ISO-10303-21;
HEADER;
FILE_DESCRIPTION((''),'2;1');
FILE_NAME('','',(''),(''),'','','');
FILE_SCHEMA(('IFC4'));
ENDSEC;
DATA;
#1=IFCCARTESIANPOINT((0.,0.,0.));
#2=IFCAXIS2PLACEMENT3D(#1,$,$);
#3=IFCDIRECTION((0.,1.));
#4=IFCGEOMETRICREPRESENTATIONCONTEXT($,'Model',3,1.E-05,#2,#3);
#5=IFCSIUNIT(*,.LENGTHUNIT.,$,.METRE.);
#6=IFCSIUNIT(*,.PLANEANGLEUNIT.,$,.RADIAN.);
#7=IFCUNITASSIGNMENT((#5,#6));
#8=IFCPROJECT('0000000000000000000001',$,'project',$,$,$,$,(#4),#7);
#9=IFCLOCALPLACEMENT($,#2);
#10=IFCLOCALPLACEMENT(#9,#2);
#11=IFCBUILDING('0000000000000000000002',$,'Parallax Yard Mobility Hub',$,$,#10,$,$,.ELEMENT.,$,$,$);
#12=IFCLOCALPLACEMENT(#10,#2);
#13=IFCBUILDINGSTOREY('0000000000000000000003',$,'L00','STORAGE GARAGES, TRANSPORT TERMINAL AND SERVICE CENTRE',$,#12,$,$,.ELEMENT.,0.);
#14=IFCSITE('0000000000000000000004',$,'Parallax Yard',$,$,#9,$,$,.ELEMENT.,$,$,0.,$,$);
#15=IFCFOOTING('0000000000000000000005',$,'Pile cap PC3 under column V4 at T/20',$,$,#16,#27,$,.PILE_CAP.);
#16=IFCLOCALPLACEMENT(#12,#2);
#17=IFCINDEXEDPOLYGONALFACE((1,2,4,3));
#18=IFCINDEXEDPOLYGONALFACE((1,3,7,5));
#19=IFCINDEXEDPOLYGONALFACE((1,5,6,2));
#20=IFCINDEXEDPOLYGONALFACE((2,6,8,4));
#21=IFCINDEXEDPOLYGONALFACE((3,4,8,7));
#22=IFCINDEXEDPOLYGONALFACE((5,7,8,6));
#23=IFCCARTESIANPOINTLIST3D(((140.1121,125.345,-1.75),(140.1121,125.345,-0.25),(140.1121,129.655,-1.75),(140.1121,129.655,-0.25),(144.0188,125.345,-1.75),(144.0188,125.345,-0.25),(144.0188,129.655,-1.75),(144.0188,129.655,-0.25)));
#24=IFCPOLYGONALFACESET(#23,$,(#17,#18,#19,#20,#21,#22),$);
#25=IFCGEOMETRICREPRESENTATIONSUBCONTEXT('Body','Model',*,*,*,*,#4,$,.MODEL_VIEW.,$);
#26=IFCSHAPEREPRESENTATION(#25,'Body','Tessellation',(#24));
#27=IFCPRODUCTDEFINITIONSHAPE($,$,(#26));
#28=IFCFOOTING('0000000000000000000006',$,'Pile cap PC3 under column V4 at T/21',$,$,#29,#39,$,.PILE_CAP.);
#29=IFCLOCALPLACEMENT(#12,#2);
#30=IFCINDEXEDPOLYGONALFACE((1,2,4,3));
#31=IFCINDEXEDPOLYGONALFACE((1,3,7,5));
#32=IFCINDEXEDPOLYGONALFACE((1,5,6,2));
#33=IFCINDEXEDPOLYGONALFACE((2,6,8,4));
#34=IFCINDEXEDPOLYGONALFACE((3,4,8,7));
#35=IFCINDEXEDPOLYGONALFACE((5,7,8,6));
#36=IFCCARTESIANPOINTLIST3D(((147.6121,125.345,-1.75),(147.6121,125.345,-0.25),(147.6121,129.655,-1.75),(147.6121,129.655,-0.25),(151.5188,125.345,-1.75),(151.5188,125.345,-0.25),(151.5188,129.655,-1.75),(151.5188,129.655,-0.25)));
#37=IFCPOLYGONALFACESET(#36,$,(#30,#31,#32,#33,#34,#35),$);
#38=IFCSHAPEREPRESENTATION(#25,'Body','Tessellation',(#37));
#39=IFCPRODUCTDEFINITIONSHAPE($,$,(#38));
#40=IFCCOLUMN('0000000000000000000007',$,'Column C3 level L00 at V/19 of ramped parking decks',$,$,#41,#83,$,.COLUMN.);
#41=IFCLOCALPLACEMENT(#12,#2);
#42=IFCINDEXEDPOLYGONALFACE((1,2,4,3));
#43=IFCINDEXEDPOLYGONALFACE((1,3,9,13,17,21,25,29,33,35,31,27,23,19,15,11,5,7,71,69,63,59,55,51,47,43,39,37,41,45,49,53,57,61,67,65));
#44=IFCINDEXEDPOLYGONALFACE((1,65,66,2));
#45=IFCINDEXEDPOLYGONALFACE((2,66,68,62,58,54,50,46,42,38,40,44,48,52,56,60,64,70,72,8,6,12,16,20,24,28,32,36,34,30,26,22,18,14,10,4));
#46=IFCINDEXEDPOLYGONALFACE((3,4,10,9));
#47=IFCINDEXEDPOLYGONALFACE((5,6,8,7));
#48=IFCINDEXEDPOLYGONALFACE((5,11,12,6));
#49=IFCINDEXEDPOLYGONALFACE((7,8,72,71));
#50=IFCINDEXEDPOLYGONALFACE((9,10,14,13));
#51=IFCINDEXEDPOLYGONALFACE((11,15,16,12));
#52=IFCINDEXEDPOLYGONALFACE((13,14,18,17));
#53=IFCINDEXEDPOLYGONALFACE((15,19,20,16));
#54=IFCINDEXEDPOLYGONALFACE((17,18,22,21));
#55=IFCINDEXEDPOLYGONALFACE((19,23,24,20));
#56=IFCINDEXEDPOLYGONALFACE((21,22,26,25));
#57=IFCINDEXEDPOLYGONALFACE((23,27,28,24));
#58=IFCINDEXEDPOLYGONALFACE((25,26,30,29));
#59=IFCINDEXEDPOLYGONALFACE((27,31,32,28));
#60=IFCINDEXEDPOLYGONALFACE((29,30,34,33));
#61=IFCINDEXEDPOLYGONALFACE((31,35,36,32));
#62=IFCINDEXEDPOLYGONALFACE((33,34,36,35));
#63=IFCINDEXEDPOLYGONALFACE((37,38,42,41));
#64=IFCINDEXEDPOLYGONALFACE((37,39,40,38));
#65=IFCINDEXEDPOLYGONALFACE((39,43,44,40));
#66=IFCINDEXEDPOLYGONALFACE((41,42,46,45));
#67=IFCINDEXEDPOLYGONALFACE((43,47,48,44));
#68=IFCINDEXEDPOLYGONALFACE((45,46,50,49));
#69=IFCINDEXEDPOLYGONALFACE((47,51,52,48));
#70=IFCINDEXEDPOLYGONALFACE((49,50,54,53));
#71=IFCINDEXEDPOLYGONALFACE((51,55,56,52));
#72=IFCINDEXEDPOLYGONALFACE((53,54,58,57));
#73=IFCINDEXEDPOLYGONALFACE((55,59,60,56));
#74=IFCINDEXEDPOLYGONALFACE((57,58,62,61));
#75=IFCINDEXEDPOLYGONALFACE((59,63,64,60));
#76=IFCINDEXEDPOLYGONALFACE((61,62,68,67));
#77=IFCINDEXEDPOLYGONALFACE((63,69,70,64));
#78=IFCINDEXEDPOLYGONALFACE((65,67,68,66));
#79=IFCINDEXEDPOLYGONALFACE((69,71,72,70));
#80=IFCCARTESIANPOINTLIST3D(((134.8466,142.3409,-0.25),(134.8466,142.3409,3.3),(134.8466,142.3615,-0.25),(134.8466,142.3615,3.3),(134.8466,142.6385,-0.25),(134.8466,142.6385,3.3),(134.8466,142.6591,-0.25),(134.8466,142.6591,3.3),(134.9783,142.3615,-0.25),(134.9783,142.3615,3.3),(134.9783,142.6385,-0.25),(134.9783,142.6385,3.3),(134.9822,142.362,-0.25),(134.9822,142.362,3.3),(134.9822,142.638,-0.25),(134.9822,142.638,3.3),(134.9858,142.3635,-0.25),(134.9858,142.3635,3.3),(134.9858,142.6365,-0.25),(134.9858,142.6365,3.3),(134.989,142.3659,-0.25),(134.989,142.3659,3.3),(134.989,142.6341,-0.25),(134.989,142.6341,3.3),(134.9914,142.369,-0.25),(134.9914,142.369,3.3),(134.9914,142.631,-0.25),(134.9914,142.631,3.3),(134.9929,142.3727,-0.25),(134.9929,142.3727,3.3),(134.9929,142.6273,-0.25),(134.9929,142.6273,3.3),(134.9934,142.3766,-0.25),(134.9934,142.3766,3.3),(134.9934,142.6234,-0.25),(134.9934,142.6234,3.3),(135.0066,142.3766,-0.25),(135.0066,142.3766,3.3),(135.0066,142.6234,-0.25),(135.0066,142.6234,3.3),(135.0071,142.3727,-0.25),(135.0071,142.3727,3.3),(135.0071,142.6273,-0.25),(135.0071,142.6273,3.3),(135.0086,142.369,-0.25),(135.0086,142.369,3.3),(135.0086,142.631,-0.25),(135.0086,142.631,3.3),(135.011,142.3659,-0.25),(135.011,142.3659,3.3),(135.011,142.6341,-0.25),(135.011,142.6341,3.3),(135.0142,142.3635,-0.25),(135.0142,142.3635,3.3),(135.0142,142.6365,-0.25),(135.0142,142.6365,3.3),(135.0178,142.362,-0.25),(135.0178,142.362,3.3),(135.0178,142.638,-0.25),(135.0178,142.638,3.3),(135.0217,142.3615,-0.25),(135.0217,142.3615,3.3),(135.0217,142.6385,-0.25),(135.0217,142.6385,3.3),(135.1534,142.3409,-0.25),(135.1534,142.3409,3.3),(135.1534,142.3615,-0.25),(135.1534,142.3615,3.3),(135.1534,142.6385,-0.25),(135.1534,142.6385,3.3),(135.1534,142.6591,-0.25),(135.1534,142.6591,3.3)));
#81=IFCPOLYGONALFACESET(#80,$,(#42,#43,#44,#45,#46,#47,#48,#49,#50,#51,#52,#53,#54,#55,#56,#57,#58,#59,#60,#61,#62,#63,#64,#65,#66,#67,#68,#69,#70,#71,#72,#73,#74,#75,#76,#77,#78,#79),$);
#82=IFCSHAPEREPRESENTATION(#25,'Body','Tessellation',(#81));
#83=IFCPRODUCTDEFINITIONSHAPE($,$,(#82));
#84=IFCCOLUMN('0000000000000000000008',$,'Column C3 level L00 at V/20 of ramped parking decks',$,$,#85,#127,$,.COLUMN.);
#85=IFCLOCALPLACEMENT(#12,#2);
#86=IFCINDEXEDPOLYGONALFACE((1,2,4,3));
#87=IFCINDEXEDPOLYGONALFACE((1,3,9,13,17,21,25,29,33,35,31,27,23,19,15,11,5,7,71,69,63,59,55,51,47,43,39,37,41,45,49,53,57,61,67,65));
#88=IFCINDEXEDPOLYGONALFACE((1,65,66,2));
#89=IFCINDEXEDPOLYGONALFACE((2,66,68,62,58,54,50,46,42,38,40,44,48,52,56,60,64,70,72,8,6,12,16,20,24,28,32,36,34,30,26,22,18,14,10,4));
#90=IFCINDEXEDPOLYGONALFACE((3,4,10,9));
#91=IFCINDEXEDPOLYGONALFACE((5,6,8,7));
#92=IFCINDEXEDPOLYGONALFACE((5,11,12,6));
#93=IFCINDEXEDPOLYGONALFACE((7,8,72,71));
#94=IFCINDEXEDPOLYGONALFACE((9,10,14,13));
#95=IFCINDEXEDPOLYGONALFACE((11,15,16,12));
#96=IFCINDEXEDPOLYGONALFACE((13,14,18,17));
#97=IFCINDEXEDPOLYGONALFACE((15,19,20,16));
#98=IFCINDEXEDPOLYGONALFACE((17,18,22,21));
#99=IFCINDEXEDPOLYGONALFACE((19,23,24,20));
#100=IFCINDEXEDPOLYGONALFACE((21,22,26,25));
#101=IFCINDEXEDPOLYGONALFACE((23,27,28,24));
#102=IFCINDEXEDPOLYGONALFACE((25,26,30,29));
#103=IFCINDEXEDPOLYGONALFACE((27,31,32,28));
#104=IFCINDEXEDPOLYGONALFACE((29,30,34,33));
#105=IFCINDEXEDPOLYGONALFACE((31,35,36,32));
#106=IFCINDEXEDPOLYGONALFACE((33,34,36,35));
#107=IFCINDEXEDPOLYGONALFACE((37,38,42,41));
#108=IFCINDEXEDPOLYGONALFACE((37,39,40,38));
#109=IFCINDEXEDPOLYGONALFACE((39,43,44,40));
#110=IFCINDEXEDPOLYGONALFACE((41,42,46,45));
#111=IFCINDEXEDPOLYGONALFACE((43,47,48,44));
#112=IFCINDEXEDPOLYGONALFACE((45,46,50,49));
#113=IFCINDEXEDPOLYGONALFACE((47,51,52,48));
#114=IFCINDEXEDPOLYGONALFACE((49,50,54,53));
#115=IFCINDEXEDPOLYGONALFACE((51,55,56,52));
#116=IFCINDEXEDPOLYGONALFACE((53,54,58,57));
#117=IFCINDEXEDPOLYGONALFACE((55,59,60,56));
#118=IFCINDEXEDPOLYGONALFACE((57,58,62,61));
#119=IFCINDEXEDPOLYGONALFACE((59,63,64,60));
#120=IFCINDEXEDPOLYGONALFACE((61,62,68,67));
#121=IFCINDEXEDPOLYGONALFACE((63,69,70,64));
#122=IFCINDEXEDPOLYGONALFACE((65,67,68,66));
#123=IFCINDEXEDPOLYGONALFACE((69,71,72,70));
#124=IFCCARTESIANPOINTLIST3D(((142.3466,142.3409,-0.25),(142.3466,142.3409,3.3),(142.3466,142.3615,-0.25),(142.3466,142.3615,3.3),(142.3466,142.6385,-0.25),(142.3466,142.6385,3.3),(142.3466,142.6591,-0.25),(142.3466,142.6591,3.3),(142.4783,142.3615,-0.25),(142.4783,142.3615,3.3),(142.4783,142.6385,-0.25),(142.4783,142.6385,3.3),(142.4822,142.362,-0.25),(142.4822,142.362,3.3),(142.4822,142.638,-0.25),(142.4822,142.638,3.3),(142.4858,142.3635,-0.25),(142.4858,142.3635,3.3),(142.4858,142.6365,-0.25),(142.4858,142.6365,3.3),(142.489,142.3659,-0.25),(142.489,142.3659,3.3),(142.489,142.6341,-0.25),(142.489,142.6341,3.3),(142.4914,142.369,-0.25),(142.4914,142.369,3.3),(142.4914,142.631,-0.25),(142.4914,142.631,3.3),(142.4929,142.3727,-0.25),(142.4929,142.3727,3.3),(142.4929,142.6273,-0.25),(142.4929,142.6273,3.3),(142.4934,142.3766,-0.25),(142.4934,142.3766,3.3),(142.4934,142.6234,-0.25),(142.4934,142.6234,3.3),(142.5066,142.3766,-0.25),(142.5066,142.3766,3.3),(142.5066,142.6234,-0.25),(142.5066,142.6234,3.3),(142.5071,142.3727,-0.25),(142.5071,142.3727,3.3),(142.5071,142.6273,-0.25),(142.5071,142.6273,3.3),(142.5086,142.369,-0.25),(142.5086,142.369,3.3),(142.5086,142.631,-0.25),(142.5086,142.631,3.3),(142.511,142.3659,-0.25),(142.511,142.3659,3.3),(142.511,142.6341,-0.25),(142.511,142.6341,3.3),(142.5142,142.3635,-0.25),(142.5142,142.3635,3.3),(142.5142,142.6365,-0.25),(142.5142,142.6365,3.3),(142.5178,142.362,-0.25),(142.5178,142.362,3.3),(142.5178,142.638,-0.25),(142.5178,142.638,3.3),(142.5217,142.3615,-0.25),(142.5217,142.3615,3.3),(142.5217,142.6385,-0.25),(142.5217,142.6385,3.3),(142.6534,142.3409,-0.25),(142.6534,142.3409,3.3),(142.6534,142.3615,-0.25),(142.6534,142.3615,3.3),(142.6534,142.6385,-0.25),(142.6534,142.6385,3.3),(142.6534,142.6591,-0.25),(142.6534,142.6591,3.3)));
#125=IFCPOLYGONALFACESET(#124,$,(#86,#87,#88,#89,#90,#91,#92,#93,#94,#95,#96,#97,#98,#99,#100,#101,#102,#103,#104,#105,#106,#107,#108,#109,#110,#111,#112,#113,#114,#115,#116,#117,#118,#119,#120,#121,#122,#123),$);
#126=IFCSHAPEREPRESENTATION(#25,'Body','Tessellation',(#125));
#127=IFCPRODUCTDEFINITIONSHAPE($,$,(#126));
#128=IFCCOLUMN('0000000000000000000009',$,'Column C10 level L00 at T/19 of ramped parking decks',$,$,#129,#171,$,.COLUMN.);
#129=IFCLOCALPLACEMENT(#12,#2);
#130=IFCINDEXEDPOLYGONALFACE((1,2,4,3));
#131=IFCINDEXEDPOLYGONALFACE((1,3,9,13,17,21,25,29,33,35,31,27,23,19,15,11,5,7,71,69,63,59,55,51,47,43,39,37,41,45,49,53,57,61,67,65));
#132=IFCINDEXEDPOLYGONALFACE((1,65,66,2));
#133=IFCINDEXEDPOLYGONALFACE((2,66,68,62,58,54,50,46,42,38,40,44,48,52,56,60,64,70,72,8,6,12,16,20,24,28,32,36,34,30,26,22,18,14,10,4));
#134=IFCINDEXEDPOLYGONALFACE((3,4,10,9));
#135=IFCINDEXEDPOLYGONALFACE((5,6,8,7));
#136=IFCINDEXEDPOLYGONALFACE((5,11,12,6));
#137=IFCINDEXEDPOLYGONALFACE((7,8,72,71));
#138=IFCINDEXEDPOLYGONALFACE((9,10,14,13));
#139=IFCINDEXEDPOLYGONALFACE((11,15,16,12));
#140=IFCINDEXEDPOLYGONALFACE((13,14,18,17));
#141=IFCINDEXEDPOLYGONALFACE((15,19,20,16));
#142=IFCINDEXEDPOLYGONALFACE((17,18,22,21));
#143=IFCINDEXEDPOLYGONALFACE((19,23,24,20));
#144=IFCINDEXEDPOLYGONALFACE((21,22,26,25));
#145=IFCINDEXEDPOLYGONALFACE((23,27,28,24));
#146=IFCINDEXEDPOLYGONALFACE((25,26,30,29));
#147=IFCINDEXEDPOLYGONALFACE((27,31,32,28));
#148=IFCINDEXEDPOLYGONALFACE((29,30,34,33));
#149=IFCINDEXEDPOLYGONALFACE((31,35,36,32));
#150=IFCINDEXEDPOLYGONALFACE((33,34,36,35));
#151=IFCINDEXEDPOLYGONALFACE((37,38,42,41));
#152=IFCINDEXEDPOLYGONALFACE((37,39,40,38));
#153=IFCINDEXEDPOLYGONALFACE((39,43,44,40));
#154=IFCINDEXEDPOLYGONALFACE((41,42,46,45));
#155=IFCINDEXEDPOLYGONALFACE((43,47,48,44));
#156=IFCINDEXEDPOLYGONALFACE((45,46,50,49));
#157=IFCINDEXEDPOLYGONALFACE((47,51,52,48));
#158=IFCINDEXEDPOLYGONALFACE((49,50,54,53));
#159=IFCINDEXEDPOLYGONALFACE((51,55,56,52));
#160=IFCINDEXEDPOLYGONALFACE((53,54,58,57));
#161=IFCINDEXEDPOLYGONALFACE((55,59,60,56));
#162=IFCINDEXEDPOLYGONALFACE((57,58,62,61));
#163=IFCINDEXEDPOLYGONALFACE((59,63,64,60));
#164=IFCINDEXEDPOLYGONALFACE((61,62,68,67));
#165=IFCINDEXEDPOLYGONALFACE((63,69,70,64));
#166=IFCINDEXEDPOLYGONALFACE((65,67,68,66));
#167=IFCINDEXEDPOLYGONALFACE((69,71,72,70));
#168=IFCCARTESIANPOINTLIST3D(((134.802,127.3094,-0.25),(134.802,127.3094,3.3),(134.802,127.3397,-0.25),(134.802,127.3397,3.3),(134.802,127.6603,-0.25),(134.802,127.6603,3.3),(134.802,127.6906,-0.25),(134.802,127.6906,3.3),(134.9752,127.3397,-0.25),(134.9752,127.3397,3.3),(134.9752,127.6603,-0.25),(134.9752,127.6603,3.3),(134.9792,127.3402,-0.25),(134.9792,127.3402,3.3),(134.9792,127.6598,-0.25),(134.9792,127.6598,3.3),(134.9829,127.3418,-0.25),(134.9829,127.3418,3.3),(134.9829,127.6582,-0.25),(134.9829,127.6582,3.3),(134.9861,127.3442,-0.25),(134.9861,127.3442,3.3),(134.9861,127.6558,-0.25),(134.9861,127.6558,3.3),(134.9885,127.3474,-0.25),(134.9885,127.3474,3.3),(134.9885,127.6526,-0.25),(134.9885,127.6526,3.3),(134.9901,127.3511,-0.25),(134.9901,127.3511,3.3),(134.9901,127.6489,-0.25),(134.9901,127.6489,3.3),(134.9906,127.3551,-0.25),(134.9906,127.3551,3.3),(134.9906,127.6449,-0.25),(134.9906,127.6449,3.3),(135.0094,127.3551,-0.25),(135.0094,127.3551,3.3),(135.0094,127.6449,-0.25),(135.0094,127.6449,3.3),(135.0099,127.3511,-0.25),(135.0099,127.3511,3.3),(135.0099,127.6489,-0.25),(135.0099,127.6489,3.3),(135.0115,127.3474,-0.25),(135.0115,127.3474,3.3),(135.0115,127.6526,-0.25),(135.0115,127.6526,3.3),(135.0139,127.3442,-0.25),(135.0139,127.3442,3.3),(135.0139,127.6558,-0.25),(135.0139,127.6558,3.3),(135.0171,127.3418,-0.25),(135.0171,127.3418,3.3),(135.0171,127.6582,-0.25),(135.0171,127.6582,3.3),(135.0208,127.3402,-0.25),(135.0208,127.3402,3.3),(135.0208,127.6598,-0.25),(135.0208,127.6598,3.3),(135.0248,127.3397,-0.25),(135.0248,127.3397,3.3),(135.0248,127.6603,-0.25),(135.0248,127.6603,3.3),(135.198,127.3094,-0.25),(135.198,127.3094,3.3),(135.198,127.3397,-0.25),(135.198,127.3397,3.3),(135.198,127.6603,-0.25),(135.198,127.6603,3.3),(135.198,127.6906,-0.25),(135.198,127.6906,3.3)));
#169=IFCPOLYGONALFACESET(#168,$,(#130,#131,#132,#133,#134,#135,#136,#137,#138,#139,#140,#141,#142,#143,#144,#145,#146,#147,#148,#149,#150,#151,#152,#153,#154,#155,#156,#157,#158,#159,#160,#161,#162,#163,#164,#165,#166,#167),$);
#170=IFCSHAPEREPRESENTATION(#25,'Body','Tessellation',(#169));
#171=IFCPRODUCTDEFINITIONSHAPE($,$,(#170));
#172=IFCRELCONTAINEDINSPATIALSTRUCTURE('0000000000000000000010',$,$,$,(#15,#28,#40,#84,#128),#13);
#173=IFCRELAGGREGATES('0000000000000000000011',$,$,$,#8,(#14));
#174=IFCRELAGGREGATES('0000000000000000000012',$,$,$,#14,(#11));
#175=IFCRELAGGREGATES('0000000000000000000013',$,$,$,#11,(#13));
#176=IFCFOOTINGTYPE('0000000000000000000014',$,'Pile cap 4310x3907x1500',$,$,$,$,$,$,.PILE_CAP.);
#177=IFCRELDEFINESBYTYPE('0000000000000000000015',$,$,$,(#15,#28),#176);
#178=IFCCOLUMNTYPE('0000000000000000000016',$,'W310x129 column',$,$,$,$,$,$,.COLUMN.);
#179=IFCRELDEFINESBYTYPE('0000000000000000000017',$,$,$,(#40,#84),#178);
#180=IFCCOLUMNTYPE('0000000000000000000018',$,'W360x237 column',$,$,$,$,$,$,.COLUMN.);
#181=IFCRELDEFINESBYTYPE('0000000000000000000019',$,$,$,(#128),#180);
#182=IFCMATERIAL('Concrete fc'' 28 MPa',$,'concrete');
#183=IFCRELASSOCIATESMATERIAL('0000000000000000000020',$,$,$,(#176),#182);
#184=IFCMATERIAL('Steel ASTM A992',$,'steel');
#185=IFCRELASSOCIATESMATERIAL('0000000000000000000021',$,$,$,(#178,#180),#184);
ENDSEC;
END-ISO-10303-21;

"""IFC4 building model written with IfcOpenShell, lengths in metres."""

from ifc_helpers import new_model, si_unit, direction, frame, origin, origin_2d, place, context, subcontext, project, spatial, rectangle, i_section, extrude, material, material_profile, profile_set, type_object, element, save


model = new_model("IFC4")

# Units and contexts
model_context = context("Model", 3, precision=1e-05, world=origin(), true_north=direction((0.0, 1.0)))
body_context = subcontext(model_context, "Body", "Model", "MODEL_VIEW")
ifc_project = project(units=[si_unit("LENGTHUNIT", "METRE"), si_unit("PLANEANGLEUNIT", "RADIAN")], contexts=[model_context])

# Site, building, storey
site_placement = place(None, origin())
site = spatial("IfcSite", under=ifc_project, at=site_placement, Name="Parallax Yard", CompositionType="ELEMENT", RefElevation=0.0)
building_placement = place(site_placement, origin())
building = spatial("IfcBuilding", under=site, at=building_placement, Name="Parallax Yard Mobility Hub", CompositionType="ELEMENT")
storey_placement = place(building_placement, origin())
storey = spatial("IfcBuildingStorey", under=building, at=storey_placement, Name="L00", Description="STORAGE GARAGES, TRANSPORT TERMINAL AND SERVICE CENTRE", CompositionType="ELEMENT", Elevation=0.0)

# Shared definitions
ifc_material_1 = material(Name="Concrete fc' 28 MPa", Category="concrete")

# Footings
footing_type_1 = type_object("IfcFootingType", Name="Pile cap 4310x3907x1500", PredefinedType="PILE_CAP", material=ifc_material_1)
for number, where, z_axis, x_axis, name in (
    (1, (142.0654, 127.5, -1.75), (0.0, 0.0, 1.0), (0.0, 1.0, 0.0), "Pile cap PC3 under column V4 at T/20"),
    (2, (149.5654, 127.5, -1.75), (0.0, 0.0, 1.0), (0.0, 1.0, 0.0), "Pile cap PC3 under column V4 at T/21"),
):
    element("IfcFooting", number, at=place(storey_placement, frame(where, z_axis=z_axis, x_axis=x_axis)), inside=storey, type_object=footing_type_1, Name=name, PredefinedType="PILE_CAP", context=body_context, shape_type="SweptSolid", body=[
        extrude(rectangle(XDim=4.3101, YDim=3.9067, at=origin_2d()), origin(), (0.0, 0.0, 1.0), 1.5),
    ])

# Columns
ifc_material_2 = material(Name="Steel ASTM A992", Category="steel")
ifc_material_profile_1 = material_profile(ifc_material_2, i_section(OverallWidth=0.3069, OverallDepth=0.3181, WebThickness=0.0132, FlangeThickness=0.0205, FilletRadius=0.0151, at=origin_2d()), Name="W310x129")
ifc_profile_set_1 = profile_set([ifc_material_profile_1], Name="Steel ASTM A992")
column_type_1 = type_object("IfcColumnType", Name="W310x129 column", PredefinedType="COLUMN", material=ifc_profile_set_1)
for number, where, z_axis, x_axis, name in (
    (3, (135.0, 142.5, -0.25), (0.0, 0.0, 1.0), (1.0, 0.0, 0.0), "Column C3 level L00 at V/19 of ramped parking decks"),
    (4, (142.5, 142.5, -0.25), (0.0, 0.0, 1.0), (1.0, 0.0, 0.0), "Column C3 level L00 at V/20 of ramped parking decks"),
):
    element("IfcColumn", number, at=place(storey_placement, frame(where, z_axis=z_axis, x_axis=x_axis)), inside=storey, type_object=column_type_1, Name=name, PredefinedType="COLUMN", context=body_context, shape_type="SweptSolid", body=[
        extrude(i_section(OverallWidth=0.3069, OverallDepth=0.3181, WebThickness=0.0132, FlangeThickness=0.0205, FilletRadius=0.0151, at=origin_2d()), origin(), (0.0, 0.0, 1.0), 3.55),
    ])
ifc_material_profile_2 = material_profile(ifc_material_2, i_section(OverallWidth=0.396, OverallDepth=0.3811, WebThickness=0.0188, FlangeThickness=0.0303, FilletRadius=0.0154, at=origin_2d()), Name="W360x237")
ifc_profile_set_2 = profile_set([ifc_material_profile_2], Name="Steel ASTM A992")
column_type_2 = type_object("IfcColumnType", Name="W360x237 column", PredefinedType="COLUMN", material=ifc_profile_set_2)
for number, where, z_axis, x_axis, name in (
    (5, (135.0, 127.5, -0.25), (0.0, 0.0, 1.0), (1.0, 0.0, 0.0), "Column C10 level L00 at T/19 of ramped parking decks"),
):
    element("IfcColumn", number, at=place(storey_placement, frame(where, z_axis=z_axis, x_axis=x_axis)), inside=storey, type_object=column_type_2, Name=name, PredefinedType="COLUMN", context=body_context, shape_type="SweptSolid", body=[
        extrude(i_section(OverallWidth=0.396, OverallDepth=0.3811, WebThickness=0.0188, FlangeThickness=0.0303, FilletRadius=0.0154, at=origin_2d()), origin(), (0.0, 0.0, 1.0), 3.55),
    ])

save(model, "model.ifc")
